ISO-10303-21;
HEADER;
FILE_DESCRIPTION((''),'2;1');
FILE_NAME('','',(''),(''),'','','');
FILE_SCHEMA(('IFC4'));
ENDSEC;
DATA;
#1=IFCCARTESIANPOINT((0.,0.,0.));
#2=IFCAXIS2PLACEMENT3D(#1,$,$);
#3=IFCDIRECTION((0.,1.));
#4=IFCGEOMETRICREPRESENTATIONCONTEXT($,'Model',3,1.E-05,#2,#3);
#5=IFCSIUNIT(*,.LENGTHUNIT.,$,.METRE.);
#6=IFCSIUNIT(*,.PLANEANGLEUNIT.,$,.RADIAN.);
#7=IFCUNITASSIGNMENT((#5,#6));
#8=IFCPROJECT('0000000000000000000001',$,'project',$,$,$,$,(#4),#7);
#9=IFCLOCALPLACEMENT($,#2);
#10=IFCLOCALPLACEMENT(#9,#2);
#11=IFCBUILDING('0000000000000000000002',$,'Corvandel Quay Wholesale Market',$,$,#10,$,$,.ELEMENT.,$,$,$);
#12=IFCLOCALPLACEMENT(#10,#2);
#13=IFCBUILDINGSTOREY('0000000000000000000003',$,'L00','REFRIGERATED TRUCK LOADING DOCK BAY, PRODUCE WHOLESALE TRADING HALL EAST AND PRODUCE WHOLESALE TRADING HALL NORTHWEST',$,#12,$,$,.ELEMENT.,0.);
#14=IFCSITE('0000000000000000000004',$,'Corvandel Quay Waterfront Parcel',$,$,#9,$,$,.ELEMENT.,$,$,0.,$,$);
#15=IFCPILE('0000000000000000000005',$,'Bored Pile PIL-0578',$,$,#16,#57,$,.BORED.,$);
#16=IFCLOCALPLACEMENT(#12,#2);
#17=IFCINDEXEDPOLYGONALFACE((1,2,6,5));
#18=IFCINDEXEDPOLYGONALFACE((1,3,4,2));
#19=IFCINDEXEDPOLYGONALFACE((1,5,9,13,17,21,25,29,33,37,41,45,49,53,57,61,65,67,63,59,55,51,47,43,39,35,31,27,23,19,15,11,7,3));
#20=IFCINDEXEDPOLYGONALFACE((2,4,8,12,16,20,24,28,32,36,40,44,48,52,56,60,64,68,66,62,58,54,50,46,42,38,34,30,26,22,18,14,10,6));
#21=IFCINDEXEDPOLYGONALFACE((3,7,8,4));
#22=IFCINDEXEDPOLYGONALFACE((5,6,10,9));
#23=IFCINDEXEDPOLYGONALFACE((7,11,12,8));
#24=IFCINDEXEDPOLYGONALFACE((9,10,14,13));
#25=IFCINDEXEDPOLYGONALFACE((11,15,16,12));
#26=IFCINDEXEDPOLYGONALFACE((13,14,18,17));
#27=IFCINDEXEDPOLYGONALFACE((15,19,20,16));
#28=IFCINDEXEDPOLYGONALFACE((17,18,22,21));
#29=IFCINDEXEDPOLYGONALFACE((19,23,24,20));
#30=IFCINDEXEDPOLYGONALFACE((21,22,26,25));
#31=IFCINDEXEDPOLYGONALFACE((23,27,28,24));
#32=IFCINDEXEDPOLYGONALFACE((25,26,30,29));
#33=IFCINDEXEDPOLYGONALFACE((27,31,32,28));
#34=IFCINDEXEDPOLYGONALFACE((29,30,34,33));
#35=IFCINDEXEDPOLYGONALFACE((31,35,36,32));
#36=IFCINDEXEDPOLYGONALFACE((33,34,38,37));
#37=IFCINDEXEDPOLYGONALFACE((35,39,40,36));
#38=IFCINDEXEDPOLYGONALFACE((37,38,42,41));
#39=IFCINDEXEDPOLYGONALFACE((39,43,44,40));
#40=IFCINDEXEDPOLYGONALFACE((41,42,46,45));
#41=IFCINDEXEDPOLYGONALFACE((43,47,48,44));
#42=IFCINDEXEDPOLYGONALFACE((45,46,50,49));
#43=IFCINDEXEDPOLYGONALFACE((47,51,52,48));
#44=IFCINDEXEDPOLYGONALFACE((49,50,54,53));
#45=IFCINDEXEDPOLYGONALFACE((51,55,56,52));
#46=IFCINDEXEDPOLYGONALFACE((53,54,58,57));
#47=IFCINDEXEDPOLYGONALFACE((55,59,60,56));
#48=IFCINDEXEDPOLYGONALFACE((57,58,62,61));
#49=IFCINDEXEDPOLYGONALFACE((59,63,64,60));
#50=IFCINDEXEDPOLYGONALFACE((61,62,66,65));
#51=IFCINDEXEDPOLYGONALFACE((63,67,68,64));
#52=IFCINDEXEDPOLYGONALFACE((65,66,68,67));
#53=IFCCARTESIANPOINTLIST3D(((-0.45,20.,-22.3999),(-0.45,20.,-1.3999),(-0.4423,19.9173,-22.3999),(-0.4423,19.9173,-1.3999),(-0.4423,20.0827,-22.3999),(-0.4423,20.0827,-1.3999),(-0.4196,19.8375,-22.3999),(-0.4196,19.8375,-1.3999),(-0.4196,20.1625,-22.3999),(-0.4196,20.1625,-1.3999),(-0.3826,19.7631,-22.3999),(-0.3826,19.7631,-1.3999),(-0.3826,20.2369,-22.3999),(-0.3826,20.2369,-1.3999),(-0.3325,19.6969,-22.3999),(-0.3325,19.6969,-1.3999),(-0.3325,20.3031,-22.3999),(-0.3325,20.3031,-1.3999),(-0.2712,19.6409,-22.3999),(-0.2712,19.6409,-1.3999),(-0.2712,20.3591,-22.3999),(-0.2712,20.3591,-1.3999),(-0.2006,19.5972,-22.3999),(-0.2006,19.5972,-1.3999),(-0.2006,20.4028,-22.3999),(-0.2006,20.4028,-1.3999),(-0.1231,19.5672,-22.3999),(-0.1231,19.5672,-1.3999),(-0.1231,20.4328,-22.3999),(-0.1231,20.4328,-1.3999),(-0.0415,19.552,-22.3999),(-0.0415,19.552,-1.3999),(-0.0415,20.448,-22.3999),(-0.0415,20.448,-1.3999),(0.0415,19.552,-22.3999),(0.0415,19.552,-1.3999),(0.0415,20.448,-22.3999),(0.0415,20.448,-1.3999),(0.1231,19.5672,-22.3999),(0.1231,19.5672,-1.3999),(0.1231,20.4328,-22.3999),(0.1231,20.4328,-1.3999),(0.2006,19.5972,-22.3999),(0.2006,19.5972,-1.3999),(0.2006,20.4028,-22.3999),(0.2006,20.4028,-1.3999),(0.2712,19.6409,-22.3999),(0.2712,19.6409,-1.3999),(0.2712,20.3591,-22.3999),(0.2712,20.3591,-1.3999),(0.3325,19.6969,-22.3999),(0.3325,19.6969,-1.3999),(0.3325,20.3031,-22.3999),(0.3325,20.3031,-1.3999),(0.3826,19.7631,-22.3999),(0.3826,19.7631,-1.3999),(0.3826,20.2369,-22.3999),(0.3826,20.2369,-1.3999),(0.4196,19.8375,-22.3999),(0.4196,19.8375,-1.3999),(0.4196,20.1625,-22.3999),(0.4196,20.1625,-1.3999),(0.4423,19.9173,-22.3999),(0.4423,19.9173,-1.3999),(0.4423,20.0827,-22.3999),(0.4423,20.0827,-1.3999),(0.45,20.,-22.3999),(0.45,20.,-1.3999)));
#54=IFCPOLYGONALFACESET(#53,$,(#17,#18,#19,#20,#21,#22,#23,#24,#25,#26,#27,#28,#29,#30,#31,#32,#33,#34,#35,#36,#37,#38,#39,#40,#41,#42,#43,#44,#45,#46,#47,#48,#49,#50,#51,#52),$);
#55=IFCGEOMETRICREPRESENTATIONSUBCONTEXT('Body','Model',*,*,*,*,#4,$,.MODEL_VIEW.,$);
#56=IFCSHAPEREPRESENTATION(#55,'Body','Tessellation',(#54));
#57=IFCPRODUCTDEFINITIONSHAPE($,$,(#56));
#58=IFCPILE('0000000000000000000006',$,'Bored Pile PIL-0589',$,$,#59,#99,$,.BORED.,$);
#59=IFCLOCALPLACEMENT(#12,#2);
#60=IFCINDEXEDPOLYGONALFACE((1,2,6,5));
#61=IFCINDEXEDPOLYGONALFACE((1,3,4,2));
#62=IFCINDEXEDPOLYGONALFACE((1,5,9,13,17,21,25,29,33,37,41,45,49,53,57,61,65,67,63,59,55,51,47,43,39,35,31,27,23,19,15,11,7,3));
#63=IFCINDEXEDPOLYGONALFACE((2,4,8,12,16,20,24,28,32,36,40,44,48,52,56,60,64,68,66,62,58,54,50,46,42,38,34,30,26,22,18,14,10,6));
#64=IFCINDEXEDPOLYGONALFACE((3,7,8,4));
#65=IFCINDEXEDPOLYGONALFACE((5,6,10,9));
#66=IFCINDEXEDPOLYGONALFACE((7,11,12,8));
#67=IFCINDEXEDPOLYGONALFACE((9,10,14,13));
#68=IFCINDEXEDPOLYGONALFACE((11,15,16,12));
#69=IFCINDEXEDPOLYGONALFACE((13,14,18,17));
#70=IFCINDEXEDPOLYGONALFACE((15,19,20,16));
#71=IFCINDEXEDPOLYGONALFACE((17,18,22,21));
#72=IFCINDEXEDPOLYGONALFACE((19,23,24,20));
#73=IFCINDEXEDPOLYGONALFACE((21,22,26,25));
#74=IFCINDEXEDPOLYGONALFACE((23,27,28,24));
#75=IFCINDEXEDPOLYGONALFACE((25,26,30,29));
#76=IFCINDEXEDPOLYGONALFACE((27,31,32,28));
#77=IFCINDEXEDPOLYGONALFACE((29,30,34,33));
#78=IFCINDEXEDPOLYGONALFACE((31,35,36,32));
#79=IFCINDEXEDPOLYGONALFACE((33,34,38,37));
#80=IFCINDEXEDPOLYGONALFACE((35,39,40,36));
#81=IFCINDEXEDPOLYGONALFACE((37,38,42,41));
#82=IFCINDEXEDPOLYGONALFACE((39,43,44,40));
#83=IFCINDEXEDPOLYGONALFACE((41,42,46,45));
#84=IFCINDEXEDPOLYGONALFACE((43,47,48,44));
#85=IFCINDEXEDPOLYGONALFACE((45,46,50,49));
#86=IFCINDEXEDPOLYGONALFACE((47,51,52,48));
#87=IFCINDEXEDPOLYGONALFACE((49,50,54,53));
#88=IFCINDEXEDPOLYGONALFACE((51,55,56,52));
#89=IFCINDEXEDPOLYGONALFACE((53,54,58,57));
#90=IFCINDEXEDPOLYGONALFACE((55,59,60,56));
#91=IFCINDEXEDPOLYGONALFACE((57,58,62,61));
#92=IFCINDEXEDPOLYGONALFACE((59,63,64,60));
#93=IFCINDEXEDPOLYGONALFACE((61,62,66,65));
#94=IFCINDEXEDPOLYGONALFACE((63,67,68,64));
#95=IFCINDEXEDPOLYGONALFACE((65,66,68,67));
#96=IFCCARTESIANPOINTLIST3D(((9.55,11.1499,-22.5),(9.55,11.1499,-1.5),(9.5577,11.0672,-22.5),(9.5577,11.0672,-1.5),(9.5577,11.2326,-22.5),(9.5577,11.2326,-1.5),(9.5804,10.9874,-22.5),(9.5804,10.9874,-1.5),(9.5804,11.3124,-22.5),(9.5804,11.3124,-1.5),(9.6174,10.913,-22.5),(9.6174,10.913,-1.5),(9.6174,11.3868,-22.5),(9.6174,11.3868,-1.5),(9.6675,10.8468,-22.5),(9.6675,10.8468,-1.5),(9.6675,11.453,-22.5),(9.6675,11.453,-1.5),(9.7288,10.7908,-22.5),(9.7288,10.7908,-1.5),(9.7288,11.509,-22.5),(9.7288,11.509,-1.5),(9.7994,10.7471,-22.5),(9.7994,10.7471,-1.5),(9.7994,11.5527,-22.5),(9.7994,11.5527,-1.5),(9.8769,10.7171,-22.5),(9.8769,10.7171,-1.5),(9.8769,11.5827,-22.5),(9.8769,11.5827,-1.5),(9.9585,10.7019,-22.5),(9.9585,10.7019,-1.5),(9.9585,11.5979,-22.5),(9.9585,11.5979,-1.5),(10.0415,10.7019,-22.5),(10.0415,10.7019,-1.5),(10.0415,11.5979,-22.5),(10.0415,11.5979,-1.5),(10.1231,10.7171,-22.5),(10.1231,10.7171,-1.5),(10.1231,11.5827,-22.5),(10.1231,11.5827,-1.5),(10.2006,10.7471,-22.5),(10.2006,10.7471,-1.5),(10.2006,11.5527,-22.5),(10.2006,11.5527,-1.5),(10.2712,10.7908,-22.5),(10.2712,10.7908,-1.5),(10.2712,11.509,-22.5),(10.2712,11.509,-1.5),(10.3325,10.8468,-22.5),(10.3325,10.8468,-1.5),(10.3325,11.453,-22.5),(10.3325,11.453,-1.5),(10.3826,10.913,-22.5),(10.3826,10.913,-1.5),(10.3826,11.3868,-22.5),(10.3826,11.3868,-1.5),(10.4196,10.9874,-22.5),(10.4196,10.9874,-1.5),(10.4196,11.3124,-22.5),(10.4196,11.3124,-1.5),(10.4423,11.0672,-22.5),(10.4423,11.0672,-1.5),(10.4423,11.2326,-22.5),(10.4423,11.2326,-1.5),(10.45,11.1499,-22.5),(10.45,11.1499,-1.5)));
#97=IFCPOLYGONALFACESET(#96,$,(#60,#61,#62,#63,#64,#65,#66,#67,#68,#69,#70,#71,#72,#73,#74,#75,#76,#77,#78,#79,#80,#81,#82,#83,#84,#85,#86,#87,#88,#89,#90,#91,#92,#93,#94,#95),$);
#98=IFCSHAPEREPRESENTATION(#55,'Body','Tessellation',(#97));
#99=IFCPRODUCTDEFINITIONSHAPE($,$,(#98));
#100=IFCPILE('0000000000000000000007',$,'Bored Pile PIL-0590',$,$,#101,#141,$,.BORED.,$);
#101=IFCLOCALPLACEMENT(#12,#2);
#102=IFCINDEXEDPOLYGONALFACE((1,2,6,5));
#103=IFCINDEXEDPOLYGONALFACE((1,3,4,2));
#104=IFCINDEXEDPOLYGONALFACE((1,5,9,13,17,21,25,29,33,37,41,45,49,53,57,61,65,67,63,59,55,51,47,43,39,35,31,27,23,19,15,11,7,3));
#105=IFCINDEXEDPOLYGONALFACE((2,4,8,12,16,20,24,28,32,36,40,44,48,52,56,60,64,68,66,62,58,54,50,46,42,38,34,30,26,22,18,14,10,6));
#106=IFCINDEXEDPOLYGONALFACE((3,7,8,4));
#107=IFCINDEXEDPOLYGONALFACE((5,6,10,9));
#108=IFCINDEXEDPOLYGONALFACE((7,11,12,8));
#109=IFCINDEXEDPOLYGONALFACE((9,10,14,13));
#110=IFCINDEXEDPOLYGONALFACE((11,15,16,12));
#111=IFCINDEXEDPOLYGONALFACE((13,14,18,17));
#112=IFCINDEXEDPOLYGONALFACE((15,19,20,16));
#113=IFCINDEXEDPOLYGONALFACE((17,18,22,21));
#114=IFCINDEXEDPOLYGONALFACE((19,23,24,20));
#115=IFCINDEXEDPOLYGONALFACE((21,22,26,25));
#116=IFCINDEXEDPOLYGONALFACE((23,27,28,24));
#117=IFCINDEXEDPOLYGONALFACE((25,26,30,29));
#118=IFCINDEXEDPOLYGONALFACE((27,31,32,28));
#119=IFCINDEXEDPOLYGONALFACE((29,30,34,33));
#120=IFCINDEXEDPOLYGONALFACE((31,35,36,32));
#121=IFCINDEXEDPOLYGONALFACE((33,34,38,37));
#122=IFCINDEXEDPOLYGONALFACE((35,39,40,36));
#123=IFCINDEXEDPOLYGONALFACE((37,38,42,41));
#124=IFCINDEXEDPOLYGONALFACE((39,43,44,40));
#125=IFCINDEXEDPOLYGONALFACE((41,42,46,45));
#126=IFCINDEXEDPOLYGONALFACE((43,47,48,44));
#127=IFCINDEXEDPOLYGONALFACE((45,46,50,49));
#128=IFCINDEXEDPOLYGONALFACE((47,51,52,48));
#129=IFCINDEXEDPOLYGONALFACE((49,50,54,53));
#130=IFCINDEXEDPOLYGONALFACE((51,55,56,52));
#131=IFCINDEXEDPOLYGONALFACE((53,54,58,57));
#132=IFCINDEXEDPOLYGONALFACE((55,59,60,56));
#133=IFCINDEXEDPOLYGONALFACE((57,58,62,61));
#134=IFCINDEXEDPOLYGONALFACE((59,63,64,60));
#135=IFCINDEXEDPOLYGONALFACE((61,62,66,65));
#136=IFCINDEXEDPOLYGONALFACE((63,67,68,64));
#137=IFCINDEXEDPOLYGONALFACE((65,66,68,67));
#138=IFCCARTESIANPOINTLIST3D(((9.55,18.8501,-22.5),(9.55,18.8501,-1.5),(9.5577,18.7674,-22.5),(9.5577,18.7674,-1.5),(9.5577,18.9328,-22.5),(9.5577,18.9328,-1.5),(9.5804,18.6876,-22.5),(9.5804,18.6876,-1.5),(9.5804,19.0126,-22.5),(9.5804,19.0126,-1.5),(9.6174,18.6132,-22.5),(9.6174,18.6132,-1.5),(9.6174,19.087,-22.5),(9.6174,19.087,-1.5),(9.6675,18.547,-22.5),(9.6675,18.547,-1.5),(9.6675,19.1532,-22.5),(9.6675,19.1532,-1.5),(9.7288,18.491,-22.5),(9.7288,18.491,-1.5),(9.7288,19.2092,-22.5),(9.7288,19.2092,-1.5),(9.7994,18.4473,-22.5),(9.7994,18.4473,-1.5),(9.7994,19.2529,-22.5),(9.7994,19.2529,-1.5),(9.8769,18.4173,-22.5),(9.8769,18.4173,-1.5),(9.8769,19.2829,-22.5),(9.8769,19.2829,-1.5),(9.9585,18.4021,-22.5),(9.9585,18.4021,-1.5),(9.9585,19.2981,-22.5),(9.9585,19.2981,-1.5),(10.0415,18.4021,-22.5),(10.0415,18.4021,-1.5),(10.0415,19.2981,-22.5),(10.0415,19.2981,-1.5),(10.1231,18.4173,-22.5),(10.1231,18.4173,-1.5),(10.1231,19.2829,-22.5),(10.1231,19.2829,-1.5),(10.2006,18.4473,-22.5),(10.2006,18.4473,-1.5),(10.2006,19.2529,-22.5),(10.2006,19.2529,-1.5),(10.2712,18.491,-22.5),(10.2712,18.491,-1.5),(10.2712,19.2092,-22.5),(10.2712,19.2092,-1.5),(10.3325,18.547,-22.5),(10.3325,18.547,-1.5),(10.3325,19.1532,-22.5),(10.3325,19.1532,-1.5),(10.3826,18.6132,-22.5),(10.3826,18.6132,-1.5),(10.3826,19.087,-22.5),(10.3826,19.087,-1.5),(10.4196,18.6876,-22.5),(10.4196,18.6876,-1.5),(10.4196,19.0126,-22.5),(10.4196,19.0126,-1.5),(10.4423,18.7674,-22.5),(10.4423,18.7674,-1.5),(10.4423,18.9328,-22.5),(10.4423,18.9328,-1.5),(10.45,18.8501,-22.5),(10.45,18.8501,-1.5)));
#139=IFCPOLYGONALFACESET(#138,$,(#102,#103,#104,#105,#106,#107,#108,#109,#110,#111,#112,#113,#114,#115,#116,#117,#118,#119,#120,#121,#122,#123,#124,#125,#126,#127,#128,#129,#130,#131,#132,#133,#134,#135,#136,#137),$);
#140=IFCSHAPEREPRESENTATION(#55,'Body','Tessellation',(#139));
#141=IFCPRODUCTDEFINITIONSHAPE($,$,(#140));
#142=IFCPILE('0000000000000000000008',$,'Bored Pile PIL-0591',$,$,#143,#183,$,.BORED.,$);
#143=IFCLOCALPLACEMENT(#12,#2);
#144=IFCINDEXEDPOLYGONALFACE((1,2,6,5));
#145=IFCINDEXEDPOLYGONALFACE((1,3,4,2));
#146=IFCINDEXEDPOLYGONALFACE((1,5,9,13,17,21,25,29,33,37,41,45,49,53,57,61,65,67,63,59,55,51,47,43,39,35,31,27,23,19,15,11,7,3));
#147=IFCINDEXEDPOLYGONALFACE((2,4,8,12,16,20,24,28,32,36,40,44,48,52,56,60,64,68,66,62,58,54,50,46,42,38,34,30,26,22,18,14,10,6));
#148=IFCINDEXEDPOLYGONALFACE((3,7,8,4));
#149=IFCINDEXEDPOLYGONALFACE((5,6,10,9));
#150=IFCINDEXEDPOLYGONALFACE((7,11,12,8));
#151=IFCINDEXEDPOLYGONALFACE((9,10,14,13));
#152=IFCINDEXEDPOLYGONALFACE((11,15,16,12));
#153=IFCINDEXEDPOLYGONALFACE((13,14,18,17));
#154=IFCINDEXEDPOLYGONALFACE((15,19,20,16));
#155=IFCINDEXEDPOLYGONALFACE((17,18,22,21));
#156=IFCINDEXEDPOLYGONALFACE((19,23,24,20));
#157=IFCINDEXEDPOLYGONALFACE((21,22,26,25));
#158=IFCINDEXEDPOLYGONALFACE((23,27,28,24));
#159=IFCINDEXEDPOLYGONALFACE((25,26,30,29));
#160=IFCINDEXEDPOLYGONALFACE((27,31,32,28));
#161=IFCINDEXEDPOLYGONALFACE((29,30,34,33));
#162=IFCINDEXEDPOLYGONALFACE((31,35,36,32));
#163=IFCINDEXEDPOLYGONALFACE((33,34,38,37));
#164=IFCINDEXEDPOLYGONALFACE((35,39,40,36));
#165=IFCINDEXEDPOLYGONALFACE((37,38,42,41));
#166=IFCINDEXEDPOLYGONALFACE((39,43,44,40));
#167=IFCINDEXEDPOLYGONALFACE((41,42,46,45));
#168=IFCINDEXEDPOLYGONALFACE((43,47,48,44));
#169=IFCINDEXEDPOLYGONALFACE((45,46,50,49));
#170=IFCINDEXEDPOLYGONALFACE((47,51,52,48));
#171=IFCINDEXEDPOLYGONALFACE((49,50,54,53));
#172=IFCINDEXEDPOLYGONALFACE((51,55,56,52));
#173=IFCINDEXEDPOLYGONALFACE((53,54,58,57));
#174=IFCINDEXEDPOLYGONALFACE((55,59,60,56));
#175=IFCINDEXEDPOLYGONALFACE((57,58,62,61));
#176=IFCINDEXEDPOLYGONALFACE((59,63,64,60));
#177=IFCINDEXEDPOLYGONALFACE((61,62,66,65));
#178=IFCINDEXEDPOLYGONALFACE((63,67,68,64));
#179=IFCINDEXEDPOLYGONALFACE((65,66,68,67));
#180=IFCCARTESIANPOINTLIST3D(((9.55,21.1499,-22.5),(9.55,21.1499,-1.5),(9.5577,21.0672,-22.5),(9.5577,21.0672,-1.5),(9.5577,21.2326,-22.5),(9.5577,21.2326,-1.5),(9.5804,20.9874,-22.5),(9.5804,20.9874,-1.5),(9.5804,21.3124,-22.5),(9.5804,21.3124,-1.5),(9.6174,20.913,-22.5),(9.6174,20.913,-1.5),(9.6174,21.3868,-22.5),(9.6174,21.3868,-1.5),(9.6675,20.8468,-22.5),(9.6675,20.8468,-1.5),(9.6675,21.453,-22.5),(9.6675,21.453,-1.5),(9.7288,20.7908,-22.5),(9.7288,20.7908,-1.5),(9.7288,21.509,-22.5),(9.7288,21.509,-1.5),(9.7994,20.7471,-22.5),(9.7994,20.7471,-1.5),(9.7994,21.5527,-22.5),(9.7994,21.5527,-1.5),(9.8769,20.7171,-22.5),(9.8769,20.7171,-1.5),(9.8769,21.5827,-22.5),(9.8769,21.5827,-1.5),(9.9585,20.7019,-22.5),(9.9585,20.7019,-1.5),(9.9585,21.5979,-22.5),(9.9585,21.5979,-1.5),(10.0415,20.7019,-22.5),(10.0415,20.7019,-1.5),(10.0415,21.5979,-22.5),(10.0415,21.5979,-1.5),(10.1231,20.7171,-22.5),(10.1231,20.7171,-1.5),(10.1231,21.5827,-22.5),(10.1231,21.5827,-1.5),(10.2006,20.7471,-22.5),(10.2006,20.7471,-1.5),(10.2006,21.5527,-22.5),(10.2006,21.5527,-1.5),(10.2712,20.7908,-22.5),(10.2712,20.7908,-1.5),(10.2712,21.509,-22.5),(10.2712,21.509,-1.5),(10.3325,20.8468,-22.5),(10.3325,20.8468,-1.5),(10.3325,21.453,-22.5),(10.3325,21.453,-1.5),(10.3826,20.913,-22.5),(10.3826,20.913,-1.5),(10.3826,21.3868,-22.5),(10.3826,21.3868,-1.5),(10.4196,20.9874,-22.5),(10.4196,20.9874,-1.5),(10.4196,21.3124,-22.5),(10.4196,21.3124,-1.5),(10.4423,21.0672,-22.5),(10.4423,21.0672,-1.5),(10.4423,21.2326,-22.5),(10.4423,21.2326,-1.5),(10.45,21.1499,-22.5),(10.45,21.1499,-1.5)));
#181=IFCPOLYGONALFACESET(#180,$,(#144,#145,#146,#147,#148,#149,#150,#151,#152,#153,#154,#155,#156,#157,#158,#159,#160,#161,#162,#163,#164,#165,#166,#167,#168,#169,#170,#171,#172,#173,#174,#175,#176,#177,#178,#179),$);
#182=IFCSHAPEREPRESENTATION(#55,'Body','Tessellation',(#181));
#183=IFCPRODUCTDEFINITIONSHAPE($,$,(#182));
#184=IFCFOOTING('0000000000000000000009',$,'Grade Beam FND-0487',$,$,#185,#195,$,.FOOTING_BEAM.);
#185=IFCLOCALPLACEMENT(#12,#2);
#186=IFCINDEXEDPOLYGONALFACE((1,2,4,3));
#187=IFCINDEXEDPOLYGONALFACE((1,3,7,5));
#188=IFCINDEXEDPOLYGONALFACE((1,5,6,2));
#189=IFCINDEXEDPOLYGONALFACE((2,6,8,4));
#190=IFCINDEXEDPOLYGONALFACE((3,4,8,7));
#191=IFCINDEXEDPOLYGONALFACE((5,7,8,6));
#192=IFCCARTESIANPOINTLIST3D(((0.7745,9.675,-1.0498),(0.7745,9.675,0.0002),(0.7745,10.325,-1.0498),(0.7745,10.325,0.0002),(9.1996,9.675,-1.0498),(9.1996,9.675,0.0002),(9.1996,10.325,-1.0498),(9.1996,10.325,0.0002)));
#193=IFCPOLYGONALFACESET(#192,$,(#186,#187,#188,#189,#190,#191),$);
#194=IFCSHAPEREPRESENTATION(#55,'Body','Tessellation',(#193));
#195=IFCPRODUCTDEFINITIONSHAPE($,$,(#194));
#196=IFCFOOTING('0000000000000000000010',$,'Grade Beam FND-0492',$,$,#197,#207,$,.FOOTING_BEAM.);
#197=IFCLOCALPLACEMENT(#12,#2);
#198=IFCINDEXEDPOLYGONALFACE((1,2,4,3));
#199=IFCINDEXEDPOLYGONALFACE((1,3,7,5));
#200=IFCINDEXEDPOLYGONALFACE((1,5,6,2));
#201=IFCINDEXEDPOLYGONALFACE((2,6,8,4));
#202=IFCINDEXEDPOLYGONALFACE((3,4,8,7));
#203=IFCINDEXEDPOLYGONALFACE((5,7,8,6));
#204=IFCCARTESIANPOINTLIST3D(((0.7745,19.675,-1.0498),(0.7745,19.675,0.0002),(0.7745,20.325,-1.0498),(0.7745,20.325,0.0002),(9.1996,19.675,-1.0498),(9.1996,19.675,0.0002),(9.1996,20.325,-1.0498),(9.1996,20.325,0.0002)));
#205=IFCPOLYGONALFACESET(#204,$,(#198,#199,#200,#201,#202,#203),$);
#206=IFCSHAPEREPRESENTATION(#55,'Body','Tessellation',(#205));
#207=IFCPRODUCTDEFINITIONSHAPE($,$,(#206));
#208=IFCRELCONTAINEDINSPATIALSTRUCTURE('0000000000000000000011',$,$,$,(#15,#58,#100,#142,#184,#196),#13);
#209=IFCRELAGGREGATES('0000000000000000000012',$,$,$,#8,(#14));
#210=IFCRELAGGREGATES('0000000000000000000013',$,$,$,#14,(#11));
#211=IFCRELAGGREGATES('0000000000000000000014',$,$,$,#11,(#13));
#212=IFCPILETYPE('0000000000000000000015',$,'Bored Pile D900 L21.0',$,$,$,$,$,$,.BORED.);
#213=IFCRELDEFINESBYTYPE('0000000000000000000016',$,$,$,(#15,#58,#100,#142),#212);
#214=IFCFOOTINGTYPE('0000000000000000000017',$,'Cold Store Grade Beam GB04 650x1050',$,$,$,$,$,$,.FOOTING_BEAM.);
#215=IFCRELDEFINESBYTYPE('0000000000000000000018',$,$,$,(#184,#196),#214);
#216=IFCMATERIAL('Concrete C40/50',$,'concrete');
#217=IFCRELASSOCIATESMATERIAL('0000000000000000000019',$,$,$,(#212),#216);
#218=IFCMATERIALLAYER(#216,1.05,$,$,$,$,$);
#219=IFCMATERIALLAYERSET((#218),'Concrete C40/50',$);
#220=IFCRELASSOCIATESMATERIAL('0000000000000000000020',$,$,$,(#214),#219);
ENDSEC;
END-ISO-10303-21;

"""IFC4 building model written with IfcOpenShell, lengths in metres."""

from ifc_helpers import new_model, si_unit, direction, frame, origin, origin_2d, place, context, subcontext, project, spatial, rectangle, circle, extrude, material, layer, layer_set, material_profile, profile_set, type_object, element, save


model = new_model("IFC4")

# Units and contexts
model_context = context("Model", 3, precision=1e-05, world=origin(), true_north=direction((0.0, 1.0)))
body_context = subcontext(model_context, "Body", "Model", "MODEL_VIEW")
ifc_project = project(units=[si_unit("LENGTHUNIT", "METRE"), si_unit("PLANEANGLEUNIT", "RADIAN")], contexts=[model_context])

# Site, building, storey
site_placement = place(None, origin())
site = spatial("IfcSite", under=ifc_project, at=site_placement, Name="Corvandel Quay Waterfront Parcel", CompositionType="ELEMENT", RefElevation=0.0)
building_placement = place(site_placement, origin())
building = spatial("IfcBuilding", under=site, at=building_placement, Name="Corvandel Quay Wholesale Market", CompositionType="ELEMENT")
storey_placement = place(building_placement, origin())
storey = spatial("IfcBuildingStorey", under=building, at=storey_placement, Name="L00", Description="REFRIGERATED TRUCK LOADING DOCK BAY, PRODUCE WHOLESALE TRADING HALL EAST AND PRODUCE WHOLESALE TRADING HALL NORTHWEST", CompositionType="ELEMENT", Elevation=0.0)

# Piles
ifc_material_1 = material(Name="Concrete C40/50", Category="concrete")
ifc_material_profile_1 = material_profile(ifc_material_1, circle(Radius=0.45, at=origin_2d()), Name="RC-PILE-D900")
ifc_profile_set_1 = profile_set([ifc_material_profile_1], Name="Concrete C40/50")
pile_type = type_object("IfcPileType", Name="Bored Pile D900 L21.0", PredefinedType="BORED", material=ifc_profile_set_1)
for number, where, z_axis, x_axis, name in (
    (1, (0.0, 20.0, -1.3999), (0.0, 0.0, -1.0), (1.0, 0.0, 0.0), "Bored Pile PIL-0578"),
    (2, (10.0, 11.1499, -1.5), (0.0, 0.0, -1.0), (1.0, 0.0, 0.0), "Bored Pile PIL-0589"),
    (3, (10.0, 18.8501, -1.5), (0.0, 0.0, -1.0), (1.0, 0.0, 0.0), "Bored Pile PIL-0590"),
    (4, (10.0, 21.1499, -1.5), (0.0, 0.0, -1.0), (1.0, 0.0, 0.0), "Bored Pile PIL-0591"),
):
    element("IfcPile", number, at=place(storey_placement, frame(where, z_axis=z_axis, x_axis=x_axis)), inside=storey, type_object=pile_type, Name=name, PredefinedType="BORED", context=body_context, shape_type="SweptSolid", body=[
        extrude(circle(Radius=0.45, at=origin_2d()), origin(), (0.0, 0.0, 1.0), 21.0),
    ])

# Footings
ifc_layer_1 = layer(ifc_material_1, 1.05)
ifc_layer_set_1 = layer_set([ifc_layer_1], Name="Concrete C40/50")
footing_type_1 = type_object("IfcFootingType", Name="Cold Store Grade Beam GB04 650x1050", PredefinedType="FOOTING_BEAM", material=ifc_layer_set_1)
for number, where, z_axis, x_axis, name in (
    (5, (4.9871, 10.0, -1.0498), (0.0, 0.0, 1.0), (1.0, 0.0, 0.0), "Grade Beam FND-0487"),
    (6, (4.9871, 20.0, -1.0498), (0.0, 0.0, 1.0), (1.0, 0.0, 0.0), "Grade Beam FND-0492"),
):
    element("IfcFooting", number, at=place(storey_placement, frame(where, z_axis=z_axis, x_axis=x_axis)), inside=storey, type_object=footing_type_1, Name=name, PredefinedType="FOOTING_BEAM", context=body_context, shape_type="SweptSolid", body=[
        extrude(rectangle(XDim=8.425, YDim=0.6499, at=origin_2d()), origin(), (0.0, 0.0, 1.0), 1.05),
    ])

save(model, "model.ifc")
